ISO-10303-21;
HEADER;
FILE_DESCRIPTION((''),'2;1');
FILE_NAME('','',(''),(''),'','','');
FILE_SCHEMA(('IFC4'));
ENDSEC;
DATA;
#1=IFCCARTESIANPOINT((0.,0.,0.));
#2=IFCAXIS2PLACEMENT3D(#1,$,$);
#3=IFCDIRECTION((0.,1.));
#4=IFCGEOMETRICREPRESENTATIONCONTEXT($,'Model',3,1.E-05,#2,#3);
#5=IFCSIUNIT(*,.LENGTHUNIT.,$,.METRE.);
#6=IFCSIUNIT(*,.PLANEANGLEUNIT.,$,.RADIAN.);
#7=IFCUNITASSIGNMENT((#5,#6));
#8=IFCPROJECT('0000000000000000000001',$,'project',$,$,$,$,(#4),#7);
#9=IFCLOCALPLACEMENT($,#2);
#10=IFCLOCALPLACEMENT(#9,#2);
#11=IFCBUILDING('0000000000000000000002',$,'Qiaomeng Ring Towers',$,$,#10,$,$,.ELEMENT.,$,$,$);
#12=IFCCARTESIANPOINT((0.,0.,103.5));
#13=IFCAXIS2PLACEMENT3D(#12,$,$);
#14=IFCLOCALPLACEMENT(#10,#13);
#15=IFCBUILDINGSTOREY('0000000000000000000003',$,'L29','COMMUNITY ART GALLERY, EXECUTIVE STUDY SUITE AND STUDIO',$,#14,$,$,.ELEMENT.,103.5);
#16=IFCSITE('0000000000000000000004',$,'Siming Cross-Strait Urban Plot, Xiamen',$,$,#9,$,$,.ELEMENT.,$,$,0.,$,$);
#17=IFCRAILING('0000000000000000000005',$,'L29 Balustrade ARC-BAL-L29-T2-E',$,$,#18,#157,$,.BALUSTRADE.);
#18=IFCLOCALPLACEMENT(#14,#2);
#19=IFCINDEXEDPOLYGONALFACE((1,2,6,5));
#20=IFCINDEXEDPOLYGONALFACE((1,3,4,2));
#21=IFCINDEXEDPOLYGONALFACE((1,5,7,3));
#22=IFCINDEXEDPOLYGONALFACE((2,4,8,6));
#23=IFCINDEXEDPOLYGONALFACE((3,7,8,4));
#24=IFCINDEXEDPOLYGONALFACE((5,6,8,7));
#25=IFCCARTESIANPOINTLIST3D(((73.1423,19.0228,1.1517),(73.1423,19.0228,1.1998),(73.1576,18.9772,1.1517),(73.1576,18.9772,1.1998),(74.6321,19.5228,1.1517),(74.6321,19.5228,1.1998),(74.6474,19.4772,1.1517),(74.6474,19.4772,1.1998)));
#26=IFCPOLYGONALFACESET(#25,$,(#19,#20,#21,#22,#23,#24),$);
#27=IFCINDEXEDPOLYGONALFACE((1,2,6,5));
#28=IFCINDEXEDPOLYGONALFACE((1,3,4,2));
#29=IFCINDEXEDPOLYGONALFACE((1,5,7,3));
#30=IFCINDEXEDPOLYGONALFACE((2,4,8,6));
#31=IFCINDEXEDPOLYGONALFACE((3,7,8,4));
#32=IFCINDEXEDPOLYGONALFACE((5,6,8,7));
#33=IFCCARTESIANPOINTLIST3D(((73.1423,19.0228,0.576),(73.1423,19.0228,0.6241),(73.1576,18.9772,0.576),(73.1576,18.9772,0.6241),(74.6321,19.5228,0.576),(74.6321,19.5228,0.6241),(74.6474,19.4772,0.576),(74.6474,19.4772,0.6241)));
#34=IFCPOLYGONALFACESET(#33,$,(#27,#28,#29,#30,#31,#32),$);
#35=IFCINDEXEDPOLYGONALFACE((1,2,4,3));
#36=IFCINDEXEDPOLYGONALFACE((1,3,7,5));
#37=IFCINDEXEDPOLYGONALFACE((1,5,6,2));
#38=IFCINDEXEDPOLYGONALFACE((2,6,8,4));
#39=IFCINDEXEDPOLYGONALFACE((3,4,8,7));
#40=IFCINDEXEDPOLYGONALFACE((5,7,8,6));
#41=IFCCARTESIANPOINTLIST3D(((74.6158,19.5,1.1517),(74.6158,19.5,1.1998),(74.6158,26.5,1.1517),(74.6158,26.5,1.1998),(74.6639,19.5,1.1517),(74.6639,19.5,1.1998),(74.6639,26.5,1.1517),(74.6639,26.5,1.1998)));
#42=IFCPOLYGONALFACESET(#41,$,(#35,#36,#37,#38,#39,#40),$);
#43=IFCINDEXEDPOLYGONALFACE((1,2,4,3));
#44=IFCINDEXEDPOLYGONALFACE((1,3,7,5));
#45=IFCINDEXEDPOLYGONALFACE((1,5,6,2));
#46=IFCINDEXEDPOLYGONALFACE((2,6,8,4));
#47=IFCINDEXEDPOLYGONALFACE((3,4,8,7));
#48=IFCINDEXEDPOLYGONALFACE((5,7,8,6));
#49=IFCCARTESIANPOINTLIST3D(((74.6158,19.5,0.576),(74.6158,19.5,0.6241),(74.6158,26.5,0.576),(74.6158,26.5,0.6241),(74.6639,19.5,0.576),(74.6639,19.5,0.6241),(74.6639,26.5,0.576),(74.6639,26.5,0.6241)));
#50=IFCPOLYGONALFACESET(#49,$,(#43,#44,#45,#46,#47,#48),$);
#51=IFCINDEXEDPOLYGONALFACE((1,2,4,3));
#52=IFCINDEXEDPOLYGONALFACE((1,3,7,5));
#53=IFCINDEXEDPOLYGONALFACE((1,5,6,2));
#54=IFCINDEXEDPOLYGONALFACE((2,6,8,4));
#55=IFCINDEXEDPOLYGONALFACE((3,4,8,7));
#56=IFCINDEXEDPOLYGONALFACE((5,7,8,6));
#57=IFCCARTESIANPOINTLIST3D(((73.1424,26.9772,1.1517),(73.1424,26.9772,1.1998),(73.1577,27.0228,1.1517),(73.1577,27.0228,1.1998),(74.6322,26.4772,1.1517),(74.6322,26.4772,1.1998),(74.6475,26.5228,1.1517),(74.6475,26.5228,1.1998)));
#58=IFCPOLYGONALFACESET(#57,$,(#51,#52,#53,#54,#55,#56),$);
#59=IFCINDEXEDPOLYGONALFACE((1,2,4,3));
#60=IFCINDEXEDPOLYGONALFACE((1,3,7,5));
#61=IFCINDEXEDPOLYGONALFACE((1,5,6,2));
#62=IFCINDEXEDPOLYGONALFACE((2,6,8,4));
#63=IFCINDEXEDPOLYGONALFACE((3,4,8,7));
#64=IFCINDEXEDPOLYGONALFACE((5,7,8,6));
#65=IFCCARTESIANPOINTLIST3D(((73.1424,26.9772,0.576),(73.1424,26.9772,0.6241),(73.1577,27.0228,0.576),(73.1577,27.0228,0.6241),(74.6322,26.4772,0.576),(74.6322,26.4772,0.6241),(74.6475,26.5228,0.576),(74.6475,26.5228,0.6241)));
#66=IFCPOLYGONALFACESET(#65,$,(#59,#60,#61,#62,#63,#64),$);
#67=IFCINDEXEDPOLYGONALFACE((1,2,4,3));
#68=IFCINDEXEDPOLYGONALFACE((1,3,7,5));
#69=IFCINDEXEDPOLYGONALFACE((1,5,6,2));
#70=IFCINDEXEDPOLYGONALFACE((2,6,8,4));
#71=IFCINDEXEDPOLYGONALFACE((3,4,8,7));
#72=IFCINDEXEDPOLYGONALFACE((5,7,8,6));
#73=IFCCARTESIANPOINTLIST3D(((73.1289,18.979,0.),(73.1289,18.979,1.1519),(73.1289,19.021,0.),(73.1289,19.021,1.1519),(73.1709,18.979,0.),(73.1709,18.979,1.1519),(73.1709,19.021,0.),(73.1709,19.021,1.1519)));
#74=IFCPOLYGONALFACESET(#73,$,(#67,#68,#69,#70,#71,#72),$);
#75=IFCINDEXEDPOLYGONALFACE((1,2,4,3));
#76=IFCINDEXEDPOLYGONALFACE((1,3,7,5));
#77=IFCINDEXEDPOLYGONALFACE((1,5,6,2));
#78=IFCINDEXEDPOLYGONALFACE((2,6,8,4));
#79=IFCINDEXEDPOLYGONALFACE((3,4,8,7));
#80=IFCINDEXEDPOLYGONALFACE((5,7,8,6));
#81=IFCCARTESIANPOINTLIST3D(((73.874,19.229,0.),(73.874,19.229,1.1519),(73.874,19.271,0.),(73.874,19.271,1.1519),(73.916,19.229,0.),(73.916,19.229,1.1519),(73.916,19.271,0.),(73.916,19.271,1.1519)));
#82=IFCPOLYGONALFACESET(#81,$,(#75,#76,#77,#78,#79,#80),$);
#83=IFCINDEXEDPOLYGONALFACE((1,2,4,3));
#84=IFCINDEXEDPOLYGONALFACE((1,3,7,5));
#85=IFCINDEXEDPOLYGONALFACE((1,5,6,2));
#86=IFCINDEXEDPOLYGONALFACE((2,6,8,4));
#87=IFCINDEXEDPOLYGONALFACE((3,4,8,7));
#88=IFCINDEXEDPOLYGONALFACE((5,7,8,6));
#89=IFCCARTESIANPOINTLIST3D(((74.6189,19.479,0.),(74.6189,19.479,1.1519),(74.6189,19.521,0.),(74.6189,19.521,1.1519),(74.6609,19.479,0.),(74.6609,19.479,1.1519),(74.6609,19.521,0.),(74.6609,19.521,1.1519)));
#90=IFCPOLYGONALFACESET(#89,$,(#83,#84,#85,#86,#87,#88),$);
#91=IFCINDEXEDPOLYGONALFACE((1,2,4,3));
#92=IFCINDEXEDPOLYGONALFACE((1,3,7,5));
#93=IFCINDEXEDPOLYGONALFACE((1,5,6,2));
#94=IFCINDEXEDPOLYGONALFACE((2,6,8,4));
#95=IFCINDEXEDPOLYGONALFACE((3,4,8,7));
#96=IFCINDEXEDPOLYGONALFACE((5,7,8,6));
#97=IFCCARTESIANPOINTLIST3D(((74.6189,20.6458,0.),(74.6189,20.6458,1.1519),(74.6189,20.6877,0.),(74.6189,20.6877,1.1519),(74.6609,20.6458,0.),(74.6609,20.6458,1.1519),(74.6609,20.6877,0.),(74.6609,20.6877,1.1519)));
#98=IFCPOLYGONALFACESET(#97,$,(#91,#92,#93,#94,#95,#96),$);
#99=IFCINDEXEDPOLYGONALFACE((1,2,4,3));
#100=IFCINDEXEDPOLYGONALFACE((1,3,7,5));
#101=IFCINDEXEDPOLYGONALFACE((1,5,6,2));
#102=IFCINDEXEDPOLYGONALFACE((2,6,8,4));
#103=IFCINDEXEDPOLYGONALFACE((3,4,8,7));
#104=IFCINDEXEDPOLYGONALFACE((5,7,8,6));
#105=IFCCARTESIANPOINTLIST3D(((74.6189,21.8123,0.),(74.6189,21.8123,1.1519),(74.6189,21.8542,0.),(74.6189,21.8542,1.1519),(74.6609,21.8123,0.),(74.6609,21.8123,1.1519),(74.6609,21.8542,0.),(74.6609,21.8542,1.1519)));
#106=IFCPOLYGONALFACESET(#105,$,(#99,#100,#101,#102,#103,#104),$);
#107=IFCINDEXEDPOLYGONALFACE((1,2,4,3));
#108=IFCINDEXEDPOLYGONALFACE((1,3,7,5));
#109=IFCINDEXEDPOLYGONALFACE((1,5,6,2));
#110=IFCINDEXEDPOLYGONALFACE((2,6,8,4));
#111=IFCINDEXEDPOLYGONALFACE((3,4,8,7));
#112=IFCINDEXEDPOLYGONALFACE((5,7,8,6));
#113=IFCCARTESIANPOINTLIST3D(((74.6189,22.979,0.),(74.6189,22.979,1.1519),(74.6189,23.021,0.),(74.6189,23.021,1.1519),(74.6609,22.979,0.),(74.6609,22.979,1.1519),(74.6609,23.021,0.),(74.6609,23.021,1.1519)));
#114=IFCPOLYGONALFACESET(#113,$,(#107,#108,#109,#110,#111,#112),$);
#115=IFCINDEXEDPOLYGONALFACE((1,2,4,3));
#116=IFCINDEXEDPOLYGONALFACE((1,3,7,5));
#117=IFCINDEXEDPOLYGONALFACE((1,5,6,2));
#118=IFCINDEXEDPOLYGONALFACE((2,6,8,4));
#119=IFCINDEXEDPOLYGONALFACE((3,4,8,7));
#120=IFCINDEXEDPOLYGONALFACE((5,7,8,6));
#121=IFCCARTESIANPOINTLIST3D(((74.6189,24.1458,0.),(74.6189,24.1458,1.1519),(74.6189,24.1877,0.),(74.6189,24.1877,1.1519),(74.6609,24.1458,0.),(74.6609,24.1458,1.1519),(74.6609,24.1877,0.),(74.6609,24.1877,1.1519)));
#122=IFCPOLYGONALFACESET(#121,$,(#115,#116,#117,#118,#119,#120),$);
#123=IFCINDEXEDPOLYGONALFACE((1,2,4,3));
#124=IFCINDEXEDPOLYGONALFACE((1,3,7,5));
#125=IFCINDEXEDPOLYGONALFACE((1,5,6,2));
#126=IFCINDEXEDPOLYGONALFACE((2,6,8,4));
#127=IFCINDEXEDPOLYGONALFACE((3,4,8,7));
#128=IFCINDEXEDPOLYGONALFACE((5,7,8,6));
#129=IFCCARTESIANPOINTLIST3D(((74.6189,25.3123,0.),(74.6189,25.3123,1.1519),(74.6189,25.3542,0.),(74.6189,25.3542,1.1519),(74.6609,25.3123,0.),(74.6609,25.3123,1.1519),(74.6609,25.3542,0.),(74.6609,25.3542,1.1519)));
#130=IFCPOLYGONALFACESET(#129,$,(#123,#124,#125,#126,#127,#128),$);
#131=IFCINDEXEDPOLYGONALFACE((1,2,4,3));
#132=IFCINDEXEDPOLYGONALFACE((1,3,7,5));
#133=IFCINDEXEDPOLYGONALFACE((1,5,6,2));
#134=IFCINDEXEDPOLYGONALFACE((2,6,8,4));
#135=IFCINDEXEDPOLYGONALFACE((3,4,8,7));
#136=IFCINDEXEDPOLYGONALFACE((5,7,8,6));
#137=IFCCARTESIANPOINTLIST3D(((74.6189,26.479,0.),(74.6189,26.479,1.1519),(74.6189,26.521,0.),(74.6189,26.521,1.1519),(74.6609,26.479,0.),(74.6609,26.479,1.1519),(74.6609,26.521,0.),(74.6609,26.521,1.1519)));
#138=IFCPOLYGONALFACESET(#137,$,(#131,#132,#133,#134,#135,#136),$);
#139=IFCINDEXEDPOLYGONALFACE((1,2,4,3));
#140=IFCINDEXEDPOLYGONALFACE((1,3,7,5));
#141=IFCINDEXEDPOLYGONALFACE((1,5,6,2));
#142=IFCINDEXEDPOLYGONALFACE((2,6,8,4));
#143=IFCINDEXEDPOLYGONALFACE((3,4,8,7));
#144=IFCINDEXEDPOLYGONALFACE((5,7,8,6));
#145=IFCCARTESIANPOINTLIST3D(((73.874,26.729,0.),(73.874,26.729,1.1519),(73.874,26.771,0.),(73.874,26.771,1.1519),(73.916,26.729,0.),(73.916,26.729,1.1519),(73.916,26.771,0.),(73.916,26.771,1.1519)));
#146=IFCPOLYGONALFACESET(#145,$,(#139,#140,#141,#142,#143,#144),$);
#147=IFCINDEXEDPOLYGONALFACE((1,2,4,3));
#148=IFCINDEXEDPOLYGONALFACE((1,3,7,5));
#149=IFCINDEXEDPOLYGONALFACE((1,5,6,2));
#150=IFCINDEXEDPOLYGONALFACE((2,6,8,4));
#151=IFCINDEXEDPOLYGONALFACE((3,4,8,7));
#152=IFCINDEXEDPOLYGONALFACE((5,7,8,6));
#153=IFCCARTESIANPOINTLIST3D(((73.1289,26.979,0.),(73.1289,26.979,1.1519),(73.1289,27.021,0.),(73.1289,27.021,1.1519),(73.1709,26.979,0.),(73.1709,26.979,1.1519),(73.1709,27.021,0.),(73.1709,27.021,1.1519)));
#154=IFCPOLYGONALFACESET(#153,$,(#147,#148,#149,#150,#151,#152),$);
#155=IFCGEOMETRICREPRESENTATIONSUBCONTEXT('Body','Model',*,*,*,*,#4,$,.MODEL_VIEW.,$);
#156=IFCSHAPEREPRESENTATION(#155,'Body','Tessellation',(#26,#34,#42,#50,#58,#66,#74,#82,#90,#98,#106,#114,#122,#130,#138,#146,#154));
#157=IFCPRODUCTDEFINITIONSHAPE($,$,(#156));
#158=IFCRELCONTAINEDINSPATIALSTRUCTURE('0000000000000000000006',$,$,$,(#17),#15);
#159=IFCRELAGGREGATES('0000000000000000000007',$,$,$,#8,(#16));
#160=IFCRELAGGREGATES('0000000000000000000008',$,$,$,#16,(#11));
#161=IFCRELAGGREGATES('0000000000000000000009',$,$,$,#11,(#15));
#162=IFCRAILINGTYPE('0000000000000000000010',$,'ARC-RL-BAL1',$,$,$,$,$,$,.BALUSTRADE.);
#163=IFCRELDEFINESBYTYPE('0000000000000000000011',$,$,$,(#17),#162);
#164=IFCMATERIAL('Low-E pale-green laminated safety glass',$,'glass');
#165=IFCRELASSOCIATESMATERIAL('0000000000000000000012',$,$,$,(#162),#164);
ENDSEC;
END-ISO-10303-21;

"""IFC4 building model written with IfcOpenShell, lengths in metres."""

from ifc_helpers import new_model, si_unit, direction, frame, origin, origin_2d, place, context, subcontext, project, spatial, rectangle, extrude, material, type_object, element, save


model = new_model("IFC4")

# Units and contexts
model_context = context("Model", 3, precision=1e-05, world=origin(), true_north=direction((0.0, 1.0)))
body_context = subcontext(model_context, "Body", "Model", "MODEL_VIEW")
ifc_project = project(units=[si_unit("LENGTHUNIT", "METRE"), si_unit("PLANEANGLEUNIT", "RADIAN")], contexts=[model_context])

# Site, building, storey
site_placement = place(None, origin())
site = spatial("IfcSite", under=ifc_project, at=site_placement, Name="Siming Cross-Strait Urban Plot, Xiamen", CompositionType="ELEMENT", RefElevation=0.0)
building_placement = place(site_placement, origin())
building = spatial("IfcBuilding", under=site, at=building_placement, Name="Qiaomeng Ring Towers", CompositionType="ELEMENT")
storey_placement = place(building_placement, frame((0.0, 0.0, 103.5)))
storey = spatial("IfcBuildingStorey", under=building, at=storey_placement, Name="L29", Description="COMMUNITY ART GALLERY, EXECUTIVE STUDY SUITE AND STUDIO", CompositionType="ELEMENT", Elevation=103.5)

# Railing
ifc_material_1 = material(Name="Low-E pale-green laminated safety glass", Category="glass")
railing_type = type_object("IfcRailingType", Name="ARC-RL-BAL1", PredefinedType="BALUSTRADE", material=ifc_material_1)
railing_placement = place(storey_placement, frame((73.1499, 19.0, 0.0)))
element("IfcRailing", 1, at=railing_placement, inside=storey, type_object=railing_type, Name="L29 Balustrade ARC-BAL-L29-T2-E", PredefinedType="BALUSTRADE", context=body_context, shape_type="SweptSolid", body=[
    extrude(rectangle(XDim=0.0481, YDim=0.0481, at=origin_2d()), frame((0.0, 0.0, 1.1758), z_axis=(0.948044, 0.318138, 0.0), x_axis=(-0.318138, 0.948044, 0.0)), (0.0, 0.0, 1.0), 1.5715),
    extrude(rectangle(XDim=0.0481, YDim=0.0481, at=origin_2d()), frame((0.0, 0.0, 0.6001), z_axis=(0.948044, 0.318138, 0.0), x_axis=(-0.318138, 0.948044, 0.0)), (0.0, 0.0, 1.0), 1.5715),
    extrude(rectangle(XDim=0.0481, YDim=0.0481, at=origin_2d()), frame((1.49, 0.5, 1.1758), z_axis=(0.0, 1.0, 0.0), x_axis=(-1.0, 0.0, 0.0)), (0.0, 0.0, 1.0), 7.0),
    extrude(rectangle(XDim=0.0481, YDim=0.0481, at=origin_2d()), frame((1.49, 0.5, 0.6001), z_axis=(0.0, 1.0, 0.0), x_axis=(-1.0, 0.0, 0.0)), (0.0, 0.0, 1.0), 7.0),
    extrude(rectangle(XDim=0.0481, YDim=0.0481, at=origin_2d()), frame((1.49, 7.5, 1.1758), z_axis=(-0.948044, 0.318138, 0.0), x_axis=(-0.318138, -0.948044, 0.0)), (0.0, 0.0, 1.0), 1.5715),
    extrude(rectangle(XDim=0.0481, YDim=0.0481, at=origin_2d()), frame((1.49, 7.5, 0.6001), z_axis=(-0.948044, 0.318138, 0.0), x_axis=(-0.318138, -0.948044, 0.0)), (0.0, 0.0, 1.0), 1.5715),
    extrude(rectangle(XDim=0.042, YDim=0.042, at=origin_2d()), origin(), (0.0, 0.0, 1.0), 1.1519),
    extrude(rectangle(XDim=0.042, YDim=0.042, at=origin_2d()), frame((0.7451, 0.25, 0.0)), (0.0, 0.0, 1.0), 1.1519),
    extrude(rectangle(XDim=0.042, YDim=0.042, at=origin_2d()), frame((1.49, 0.5, 0.0)), (0.0, 0.0, 1.0), 1.1519),
    extrude(rectangle(XDim=0.042, YDim=0.042, at=origin_2d()), frame((1.49, 1.6667, 0.0)), (0.0, 0.0, 1.0), 1.1519),
    extrude(rectangle(XDim=0.042, YDim=0.042, at=origin_2d()), frame((1.49, 2.8333, 0.0)), (0.0, 0.0, 1.0), 1.1519),
    extrude(rectangle(XDim=0.042, YDim=0.042, at=origin_2d()), frame((1.49, 4.0, 0.0)), (0.0, 0.0, 1.0), 1.1519),
    extrude(rectangle(XDim=0.042, YDim=0.042, at=origin_2d()), frame((1.49, 5.1667, 0.0)), (0.0, 0.0, 1.0), 1.1519),
    extrude(rectangle(XDim=0.042, YDim=0.042, at=origin_2d()), frame((1.49, 6.3333, 0.0)), (0.0, 0.0, 1.0), 1.1519),
    extrude(rectangle(XDim=0.042, YDim=0.042, at=origin_2d()), frame((1.49, 7.5, 0.0)), (0.0, 0.0, 1.0), 1.1519),
    extrude(rectangle(XDim=0.042, YDim=0.042, at=origin_2d()), frame((0.7451, 7.75, 0.0)), (0.0, 0.0, 1.0), 1.1519),
    extrude(rectangle(XDim=0.042, YDim=0.042, at=origin_2d()), frame((0.0, 8.0, 0.0)), (0.0, 0.0, 1.0), 1.1519),
])

save(model, "model.ifc")
